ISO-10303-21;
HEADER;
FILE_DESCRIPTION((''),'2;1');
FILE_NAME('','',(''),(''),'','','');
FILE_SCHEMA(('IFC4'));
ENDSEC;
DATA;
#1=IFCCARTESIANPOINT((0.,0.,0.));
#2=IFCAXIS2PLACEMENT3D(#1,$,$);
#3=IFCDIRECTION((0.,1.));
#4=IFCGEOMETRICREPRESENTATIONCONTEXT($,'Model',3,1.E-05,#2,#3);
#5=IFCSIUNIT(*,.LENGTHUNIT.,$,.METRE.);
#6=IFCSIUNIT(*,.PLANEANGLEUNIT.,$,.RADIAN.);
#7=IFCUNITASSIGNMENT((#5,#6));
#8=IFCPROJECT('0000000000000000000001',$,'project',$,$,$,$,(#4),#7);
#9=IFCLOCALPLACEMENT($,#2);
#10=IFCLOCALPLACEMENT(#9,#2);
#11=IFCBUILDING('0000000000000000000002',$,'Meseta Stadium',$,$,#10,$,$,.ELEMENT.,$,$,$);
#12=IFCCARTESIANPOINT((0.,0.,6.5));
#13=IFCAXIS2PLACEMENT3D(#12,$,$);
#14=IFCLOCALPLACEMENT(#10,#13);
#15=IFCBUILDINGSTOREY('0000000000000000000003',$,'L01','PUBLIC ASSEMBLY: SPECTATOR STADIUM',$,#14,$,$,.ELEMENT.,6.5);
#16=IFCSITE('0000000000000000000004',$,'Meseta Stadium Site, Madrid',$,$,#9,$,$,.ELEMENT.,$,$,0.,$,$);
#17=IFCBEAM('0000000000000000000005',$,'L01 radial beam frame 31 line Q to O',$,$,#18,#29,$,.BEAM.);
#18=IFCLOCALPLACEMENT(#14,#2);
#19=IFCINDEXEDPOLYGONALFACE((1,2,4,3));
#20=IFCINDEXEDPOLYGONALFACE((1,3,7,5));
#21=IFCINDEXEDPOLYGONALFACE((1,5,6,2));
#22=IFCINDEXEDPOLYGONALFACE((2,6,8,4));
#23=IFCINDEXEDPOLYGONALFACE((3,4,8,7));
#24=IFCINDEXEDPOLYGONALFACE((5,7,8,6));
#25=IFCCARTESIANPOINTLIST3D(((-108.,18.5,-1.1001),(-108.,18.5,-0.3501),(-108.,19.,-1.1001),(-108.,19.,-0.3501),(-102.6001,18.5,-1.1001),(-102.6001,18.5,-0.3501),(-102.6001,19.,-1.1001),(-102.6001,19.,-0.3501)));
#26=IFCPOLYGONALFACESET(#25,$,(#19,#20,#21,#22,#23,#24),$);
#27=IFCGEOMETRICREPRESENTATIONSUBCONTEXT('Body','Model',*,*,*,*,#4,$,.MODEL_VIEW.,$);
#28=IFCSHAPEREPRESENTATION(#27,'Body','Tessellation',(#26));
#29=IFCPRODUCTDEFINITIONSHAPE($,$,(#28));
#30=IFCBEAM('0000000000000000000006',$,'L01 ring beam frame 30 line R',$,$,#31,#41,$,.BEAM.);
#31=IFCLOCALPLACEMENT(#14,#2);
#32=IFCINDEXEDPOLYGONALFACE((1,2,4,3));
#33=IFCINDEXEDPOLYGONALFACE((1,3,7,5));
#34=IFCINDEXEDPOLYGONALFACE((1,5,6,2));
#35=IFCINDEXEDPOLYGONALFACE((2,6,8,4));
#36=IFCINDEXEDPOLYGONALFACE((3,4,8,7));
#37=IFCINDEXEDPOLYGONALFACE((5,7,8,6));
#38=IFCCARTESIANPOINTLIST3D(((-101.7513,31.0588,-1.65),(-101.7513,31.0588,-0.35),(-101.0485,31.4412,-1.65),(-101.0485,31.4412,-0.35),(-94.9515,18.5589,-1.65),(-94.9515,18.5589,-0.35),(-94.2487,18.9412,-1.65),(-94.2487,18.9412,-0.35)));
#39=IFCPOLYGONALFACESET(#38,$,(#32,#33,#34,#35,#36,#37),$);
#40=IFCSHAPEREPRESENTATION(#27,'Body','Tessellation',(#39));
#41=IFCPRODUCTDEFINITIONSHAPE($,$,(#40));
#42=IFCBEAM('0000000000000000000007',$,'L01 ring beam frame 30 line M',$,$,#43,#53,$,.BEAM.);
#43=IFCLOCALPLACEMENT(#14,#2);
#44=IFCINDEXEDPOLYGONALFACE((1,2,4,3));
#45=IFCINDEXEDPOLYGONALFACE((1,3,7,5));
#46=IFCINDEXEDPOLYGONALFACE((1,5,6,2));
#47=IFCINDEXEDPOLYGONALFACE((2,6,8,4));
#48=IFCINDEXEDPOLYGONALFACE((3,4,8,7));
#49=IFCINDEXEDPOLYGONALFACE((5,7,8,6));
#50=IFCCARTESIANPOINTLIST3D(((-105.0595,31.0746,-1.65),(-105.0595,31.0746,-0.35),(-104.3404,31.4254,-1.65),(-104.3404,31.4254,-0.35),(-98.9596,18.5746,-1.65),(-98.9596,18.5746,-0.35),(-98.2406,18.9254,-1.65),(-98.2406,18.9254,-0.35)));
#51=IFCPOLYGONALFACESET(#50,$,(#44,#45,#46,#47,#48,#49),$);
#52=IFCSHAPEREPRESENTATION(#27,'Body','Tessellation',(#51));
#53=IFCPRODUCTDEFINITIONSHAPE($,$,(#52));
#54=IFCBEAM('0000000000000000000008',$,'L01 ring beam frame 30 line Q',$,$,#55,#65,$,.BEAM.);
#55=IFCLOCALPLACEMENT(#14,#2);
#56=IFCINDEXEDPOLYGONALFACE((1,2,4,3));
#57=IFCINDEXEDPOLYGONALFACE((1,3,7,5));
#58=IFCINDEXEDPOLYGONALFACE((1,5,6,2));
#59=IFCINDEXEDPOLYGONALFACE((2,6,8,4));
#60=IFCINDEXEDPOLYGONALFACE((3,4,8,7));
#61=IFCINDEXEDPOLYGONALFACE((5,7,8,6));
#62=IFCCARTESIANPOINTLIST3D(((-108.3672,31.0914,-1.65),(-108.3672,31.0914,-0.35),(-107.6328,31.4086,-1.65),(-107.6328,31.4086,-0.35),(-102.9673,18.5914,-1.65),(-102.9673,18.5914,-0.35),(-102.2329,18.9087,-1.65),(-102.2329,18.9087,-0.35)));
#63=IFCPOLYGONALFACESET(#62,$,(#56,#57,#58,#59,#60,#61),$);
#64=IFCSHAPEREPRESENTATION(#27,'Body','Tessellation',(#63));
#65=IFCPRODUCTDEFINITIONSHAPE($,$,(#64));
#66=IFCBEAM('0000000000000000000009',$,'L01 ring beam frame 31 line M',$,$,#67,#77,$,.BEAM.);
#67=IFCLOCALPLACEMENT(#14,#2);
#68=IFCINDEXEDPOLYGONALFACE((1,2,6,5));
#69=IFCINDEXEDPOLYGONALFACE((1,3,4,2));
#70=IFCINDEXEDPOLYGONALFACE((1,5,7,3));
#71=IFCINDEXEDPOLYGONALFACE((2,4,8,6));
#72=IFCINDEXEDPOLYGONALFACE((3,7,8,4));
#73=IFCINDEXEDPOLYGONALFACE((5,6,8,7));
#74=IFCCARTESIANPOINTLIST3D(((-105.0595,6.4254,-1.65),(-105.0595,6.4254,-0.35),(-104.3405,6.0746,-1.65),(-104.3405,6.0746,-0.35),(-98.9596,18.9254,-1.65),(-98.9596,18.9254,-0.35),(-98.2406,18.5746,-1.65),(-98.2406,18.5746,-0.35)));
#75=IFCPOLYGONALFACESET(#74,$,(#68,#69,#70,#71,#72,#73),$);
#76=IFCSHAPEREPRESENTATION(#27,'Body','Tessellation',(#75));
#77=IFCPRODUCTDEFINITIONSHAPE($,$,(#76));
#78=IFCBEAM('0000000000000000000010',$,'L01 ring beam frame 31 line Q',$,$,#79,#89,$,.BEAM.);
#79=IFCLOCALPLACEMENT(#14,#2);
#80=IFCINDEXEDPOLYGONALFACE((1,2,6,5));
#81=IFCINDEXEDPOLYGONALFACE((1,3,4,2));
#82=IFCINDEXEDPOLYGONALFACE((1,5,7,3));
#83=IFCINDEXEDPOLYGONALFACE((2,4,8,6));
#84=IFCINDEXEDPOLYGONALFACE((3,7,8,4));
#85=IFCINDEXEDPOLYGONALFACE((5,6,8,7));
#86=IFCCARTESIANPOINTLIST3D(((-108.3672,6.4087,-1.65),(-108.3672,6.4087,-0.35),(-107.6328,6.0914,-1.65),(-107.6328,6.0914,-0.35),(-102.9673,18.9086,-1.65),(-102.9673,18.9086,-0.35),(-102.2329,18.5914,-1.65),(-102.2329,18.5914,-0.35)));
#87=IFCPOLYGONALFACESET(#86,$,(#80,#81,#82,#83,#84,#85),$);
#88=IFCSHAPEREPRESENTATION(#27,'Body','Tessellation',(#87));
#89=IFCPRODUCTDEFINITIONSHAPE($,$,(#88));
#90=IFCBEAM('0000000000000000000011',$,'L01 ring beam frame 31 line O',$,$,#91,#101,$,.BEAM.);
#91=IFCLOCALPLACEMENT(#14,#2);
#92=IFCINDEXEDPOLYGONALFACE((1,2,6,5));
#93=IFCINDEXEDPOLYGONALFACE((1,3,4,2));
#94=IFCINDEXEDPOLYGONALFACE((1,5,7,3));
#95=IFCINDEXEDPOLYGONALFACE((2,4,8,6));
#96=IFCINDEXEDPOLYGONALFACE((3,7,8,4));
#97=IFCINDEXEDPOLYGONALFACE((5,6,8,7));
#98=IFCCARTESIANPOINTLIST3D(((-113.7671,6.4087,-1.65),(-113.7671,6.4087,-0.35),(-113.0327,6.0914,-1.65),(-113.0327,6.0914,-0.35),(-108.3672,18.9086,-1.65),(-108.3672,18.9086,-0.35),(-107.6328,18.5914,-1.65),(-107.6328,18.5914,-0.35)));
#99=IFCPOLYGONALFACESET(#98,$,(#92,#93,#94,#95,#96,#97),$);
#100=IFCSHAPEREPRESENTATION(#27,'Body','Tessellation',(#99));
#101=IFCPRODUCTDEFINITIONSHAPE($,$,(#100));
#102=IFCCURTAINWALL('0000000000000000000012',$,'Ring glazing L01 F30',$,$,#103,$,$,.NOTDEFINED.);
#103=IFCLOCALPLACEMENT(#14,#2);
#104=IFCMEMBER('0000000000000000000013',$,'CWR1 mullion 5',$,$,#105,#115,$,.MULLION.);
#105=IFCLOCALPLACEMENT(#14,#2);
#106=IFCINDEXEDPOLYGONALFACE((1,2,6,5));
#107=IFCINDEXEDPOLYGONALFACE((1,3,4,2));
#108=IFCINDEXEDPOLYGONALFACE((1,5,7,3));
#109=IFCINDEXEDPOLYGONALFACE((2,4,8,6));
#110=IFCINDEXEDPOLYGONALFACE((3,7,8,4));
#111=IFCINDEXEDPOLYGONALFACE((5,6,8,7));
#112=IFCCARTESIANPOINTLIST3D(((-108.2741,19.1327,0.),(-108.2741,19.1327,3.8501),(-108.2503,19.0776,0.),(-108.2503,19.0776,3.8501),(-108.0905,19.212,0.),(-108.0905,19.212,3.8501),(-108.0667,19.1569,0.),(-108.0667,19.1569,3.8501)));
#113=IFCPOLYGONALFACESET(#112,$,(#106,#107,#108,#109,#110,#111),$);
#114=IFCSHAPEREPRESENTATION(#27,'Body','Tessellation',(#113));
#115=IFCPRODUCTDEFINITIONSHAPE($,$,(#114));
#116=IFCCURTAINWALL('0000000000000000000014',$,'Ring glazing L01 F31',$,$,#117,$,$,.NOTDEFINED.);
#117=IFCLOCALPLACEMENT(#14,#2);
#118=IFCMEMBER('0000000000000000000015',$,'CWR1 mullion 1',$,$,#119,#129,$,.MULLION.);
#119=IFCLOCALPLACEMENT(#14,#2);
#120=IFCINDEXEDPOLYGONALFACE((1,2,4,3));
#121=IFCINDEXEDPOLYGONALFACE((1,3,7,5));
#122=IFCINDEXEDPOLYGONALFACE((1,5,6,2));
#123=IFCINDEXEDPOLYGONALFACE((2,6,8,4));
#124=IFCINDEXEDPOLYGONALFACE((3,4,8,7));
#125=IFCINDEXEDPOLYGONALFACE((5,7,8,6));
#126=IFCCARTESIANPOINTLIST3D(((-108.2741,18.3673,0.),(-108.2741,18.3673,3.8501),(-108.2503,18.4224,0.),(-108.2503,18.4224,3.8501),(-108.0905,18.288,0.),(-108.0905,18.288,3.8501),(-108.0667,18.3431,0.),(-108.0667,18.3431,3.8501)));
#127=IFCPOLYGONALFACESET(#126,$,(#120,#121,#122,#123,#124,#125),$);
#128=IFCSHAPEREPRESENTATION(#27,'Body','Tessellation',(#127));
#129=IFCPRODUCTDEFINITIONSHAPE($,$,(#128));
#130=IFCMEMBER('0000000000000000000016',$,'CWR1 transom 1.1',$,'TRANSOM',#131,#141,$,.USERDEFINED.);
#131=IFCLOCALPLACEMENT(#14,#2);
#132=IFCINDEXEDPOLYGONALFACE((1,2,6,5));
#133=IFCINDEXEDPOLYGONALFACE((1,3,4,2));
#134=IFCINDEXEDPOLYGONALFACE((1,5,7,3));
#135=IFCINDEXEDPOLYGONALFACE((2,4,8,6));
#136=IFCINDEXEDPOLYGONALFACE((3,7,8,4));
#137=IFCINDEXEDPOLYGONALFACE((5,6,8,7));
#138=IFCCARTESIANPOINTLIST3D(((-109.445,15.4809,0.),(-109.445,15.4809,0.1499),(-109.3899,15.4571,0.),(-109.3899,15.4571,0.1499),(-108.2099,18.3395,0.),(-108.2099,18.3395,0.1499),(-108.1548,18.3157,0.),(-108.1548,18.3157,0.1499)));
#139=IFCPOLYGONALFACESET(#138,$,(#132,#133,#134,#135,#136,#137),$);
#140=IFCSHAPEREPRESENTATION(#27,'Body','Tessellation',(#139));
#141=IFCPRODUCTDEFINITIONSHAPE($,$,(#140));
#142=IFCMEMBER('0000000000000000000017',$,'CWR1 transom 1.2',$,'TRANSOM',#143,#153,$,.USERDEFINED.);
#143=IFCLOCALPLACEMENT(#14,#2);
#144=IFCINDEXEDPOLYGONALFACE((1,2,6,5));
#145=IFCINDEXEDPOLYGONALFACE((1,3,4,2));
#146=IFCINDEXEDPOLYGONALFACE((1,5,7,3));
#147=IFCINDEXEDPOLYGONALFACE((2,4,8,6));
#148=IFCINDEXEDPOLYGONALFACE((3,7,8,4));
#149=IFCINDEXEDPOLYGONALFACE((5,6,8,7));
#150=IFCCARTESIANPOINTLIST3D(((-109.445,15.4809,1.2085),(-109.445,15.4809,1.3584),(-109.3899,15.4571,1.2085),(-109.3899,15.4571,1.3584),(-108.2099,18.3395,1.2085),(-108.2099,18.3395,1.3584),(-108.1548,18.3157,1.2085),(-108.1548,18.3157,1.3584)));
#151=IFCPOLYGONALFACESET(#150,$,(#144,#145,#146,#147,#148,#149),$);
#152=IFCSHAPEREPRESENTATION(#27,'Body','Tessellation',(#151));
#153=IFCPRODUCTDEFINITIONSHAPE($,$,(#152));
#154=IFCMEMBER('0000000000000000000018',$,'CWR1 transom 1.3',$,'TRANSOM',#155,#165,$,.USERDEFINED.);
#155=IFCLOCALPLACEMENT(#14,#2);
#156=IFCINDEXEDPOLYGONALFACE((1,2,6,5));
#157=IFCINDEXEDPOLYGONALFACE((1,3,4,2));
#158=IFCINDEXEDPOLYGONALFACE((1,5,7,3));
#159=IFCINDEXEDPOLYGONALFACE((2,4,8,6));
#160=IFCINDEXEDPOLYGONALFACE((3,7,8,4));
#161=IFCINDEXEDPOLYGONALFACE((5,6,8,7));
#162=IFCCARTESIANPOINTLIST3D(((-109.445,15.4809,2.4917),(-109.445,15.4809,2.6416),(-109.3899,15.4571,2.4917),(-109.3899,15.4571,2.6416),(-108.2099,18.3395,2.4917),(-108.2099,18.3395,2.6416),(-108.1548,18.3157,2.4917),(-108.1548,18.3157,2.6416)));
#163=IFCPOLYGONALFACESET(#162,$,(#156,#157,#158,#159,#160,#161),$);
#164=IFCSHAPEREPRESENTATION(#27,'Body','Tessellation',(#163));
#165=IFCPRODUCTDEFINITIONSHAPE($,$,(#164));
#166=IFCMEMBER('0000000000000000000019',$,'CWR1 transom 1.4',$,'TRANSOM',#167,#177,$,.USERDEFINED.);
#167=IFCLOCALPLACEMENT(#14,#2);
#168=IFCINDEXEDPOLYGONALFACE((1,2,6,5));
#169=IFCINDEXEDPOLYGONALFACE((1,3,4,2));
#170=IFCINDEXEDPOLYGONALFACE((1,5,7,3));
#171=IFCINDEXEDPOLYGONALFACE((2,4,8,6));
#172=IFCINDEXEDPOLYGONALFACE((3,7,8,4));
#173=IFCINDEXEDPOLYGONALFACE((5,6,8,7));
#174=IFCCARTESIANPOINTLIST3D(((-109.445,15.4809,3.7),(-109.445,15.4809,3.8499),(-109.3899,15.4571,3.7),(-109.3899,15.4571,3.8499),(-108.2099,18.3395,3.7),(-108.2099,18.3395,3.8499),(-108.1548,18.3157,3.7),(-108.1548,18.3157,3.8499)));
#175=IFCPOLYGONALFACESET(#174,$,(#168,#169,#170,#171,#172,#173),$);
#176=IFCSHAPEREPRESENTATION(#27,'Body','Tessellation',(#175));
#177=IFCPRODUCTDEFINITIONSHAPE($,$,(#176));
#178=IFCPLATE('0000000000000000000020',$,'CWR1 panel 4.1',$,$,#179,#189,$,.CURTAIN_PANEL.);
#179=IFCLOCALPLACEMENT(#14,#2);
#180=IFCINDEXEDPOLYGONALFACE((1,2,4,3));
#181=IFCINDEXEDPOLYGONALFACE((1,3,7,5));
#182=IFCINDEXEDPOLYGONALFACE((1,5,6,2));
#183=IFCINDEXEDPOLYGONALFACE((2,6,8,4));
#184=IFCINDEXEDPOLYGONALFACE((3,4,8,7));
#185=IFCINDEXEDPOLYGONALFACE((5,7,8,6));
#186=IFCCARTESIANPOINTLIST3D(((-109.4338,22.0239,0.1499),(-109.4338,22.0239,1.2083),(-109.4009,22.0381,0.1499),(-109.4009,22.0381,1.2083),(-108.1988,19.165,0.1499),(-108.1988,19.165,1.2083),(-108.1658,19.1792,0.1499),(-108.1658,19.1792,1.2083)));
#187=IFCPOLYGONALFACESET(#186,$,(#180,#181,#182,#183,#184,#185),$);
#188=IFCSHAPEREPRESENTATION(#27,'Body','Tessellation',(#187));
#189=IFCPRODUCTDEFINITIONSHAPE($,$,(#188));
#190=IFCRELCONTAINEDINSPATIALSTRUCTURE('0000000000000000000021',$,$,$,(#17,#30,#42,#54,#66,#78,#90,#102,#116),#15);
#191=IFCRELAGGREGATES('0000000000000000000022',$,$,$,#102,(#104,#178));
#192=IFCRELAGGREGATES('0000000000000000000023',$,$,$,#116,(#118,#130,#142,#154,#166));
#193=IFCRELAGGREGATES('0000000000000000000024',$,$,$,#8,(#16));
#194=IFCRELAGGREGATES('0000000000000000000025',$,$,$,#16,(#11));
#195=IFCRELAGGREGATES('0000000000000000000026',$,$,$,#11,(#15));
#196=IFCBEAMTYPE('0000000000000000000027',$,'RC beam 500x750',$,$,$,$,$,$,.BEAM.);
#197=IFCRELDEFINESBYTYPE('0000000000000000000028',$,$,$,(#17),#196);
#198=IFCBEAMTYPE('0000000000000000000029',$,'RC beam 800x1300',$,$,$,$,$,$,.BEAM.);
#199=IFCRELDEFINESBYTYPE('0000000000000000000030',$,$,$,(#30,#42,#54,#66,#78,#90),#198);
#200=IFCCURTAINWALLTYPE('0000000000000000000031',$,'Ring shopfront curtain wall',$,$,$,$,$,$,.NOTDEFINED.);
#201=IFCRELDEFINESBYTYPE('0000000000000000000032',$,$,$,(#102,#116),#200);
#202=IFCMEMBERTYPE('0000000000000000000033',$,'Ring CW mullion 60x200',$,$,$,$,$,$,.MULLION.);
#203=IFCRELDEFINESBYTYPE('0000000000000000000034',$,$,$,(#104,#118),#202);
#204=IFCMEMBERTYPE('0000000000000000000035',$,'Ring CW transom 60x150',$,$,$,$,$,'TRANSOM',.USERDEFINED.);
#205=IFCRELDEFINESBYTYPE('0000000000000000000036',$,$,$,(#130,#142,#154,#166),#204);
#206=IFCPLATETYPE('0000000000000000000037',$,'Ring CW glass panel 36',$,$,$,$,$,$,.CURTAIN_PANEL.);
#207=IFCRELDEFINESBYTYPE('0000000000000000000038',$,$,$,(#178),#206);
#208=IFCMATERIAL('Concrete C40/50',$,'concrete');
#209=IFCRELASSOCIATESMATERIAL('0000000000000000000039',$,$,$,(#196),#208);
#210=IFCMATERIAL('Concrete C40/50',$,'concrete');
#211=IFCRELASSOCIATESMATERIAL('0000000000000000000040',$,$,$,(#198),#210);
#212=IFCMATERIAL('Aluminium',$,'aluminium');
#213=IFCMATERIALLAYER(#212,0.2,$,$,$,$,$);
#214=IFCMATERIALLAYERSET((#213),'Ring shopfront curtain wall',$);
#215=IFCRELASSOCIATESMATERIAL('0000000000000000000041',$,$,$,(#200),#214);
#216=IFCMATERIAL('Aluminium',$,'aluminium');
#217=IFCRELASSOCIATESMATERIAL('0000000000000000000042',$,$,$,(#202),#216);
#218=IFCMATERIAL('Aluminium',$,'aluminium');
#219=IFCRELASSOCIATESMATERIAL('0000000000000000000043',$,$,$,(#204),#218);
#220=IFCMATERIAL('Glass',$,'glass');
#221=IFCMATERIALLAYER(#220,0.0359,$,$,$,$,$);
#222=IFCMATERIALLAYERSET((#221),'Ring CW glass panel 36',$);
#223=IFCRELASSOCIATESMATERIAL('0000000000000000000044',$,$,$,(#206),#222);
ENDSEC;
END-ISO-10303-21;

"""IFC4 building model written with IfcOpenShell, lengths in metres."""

from ifc_helpers import new_model, si_unit, direction, frame, origin, origin_2d, place, context, subcontext, project, spatial, rectangle, extrude, material, layer, layer_set, material_profile, profile_set, type_object, element, aggregate, save


model = new_model("IFC4")

# Units and contexts
model_context = context("Model", 3, precision=1e-05, world=origin(), true_north=direction((0.0, 1.0)))
body_context = subcontext(model_context, "Body", "Model", "MODEL_VIEW")
ifc_project = project(units=[si_unit("LENGTHUNIT", "METRE"), si_unit("PLANEANGLEUNIT", "RADIAN")], contexts=[model_context])

# Site, building, storey
site_placement = place(None, origin())
site = spatial("IfcSite", under=ifc_project, at=site_placement, Name="Meseta Stadium Site, Madrid", CompositionType="ELEMENT", RefElevation=0.0)
building_placement = place(site_placement, origin())
building = spatial("IfcBuilding", under=site, at=building_placement, Name="Meseta Stadium", CompositionType="ELEMENT")
storey_placement = place(building_placement, frame((0.0, 0.0, 6.5)))
storey = spatial("IfcBuildingStorey", under=building, at=storey_placement, Name="L01", Description="PUBLIC ASSEMBLY: SPECTATOR STADIUM", CompositionType="ELEMENT", Elevation=6.5)

# Beams
ifc_material_1 = material(Name="Concrete C40/50", Category="concrete")
ifc_material_profile_1 = material_profile(ifc_material_1, rectangle(XDim=0.5, YDim=0.75, at=origin_2d()), Name="RC 500x750")
ifc_profile_set_1 = profile_set([ifc_material_profile_1], Name="Concrete C40/50")
beam_type_1 = type_object("IfcBeamType", Name="RC beam 500x750", PredefinedType="BEAM", material=ifc_profile_set_1)
beam_1_placement = place(storey_placement, frame((-102.6001, 18.75, -0.7251), z_axis=(-1.0, 0.0, 0.0), x_axis=(0.0, -1.0, 0.0)))
element("IfcBeam", 1, at=beam_1_placement, inside=storey, type_object=beam_type_1, Name="L01 radial beam frame 31 line Q to O", PredefinedType="BEAM", context=body_context, shape_type="SweptSolid", body=[
    extrude(rectangle(XDim=0.5, YDim=0.75, at=origin_2d()), origin(), (0.0, 0.0, 1.0), 5.3999),
])
ifc_material_2 = material(Name="Concrete C40/50", Category="concrete")
ifc_material_profile_2 = material_profile(ifc_material_2, rectangle(XDim=0.8, YDim=1.3, at=origin_2d()), Name="RC 800x1300")
ifc_profile_set_2 = profile_set([ifc_material_profile_2], Name="Concrete C40/50")
beam_type_2 = type_object("IfcBeamType", Name="RC beam 800x1300", PredefinedType="BEAM", material=ifc_profile_set_2)
beam_2_placement = place(storey_placement, frame((-101.3999, 31.25, -1.0), z_axis=(0.477856, -0.878438, 0.0), x_axis=(0.878438, 0.477856, 0.0)))
element("IfcBeam", 2, at=beam_2_placement, inside=storey, type_object=beam_type_2, Name="L01 ring beam frame 30 line R", PredefinedType="BEAM", context=body_context, shape_type="SweptSolid", body=[
    extrude(rectangle(XDim=0.8, YDim=1.3, at=origin_2d()), origin(), (0.0, 0.0, 1.0), 14.2297),
])
beam_3_placement = place(storey_placement, frame((-104.7, 31.25, -1.0), z_axis=(0.438557, -0.898703, 0.0), x_axis=(0.898703, 0.438557, 0.0)))
element("IfcBeam", 3, at=beam_3_placement, inside=storey, type_object=beam_type_2, Name="L01 ring beam frame 30 line M", PredefinedType="BEAM", context=body_context, shape_type="SweptSolid", body=[
    extrude(rectangle(XDim=0.8, YDim=1.3, at=origin_2d()), origin(), (0.0, 0.0, 1.0), 13.9089),
])
beam_4_placement = place(storey_placement, frame((-108.0, 31.25, -1.0), z_axis=(0.396571, -0.918004, 0.0), x_axis=(0.918004, 0.396571, 0.0)))
element("IfcBeam", 4, at=beam_4_placement, inside=storey, type_object=beam_type_2, Name="L01 ring beam frame 30 line Q", PredefinedType="BEAM", context=body_context, shape_type="SweptSolid", body=[
    extrude(rectangle(XDim=0.8, YDim=1.3, at=origin_2d()), origin(), (0.0, 0.0, 1.0), 13.6165),
])
beam_5_placement = place(storey_placement, frame((-98.6001, 18.75, -1.0), z_axis=(-0.438557, -0.898703, 0.0), x_axis=(0.898703, -0.438557, 0.0)))
element("IfcBeam", 5, at=beam_5_placement, inside=storey, type_object=beam_type_2, Name="L01 ring beam frame 31 line M", PredefinedType="BEAM", context=body_context, shape_type="SweptSolid", body=[
    extrude(rectangle(XDim=0.8, YDim=1.3, at=origin_2d()), origin(), (0.0, 0.0, 1.0), 13.9089),
])
for number, where, z_axis, x_axis, name in (
    (6, (-102.6001, 18.75, -1.0), (-0.396571, -0.918004, 0.0), (0.918004, -0.396571, 0.0), "L01 ring beam frame 31 line Q"),
    (7, (-108.0, 18.75, -1.0), (-0.396571, -0.918004, 0.0), (0.918004, -0.396571, 0.0), "L01 ring beam frame 31 line O"),
):
    element("IfcBeam", number, at=place(storey_placement, frame(where, z_axis=z_axis, x_axis=x_axis)), inside=storey, type_object=beam_type_2, Name=name, PredefinedType="BEAM", context=body_context, shape_type="SweptSolid", body=[
        extrude(rectangle(XDim=0.8, YDim=1.3, at=origin_2d()), origin(), (0.0, 0.0, 1.0), 13.6165),
    ])

# Curtain wall, member
ifc_material_3 = material(Name="Aluminium", Category="aluminium")
ifc_layer_1 = layer(ifc_material_3, 0.2)
ifc_layer_set_1 = layer_set([ifc_layer_1], Name="Ring shopfront curtain wall")
curtain_wall_type = type_object("IfcCurtainWallType", Name="Ring shopfront curtain wall", PredefinedType="NOTDEFINED", material=ifc_layer_set_1)
curtain_wall_1_placement = place(storey_placement, origin())
curtain_wall_1 = element("IfcCurtainWall", 8, at=curtain_wall_1_placement, inside=storey, type_object=curtain_wall_type, Name="Ring glazing L01 F30", PredefinedType="NOTDEFINED")
ifc_material_4 = material(Name="Aluminium", Category="aluminium")
ifc_material_profile_3 = material_profile(ifc_material_4, rectangle(XDim=0.2, YDim=0.0601, at=origin_2d()), Name="CW 200x60")
ifc_profile_set_3 = profile_set([ifc_material_profile_3], Name="Aluminium")
member_type_1 = type_object("IfcMemberType", Name="Ring CW mullion 60x200", PredefinedType="MULLION", material=ifc_profile_set_3)
member_1_placement = place(storey_placement, frame((-108.1704, 19.1448, 0.0), z_axis=(0.0, 0.0, 1.0), x_axis=(0.918, 0.396581, 0.0)))
member_1 = element("IfcMember", 9, at=member_1_placement, type_object=member_type_1, Name="CWR1 mullion 5", PredefinedType="MULLION", context=body_context, shape_type="SweptSolid", body=[
    extrude(rectangle(XDim=0.2, YDim=0.0601, at=origin_2d()), origin(), (0.0, 0.0, 1.0), 3.8501),
])

# Curtain wall, members
curtain_wall_2_placement = place(storey_placement, origin())
curtain_wall_2 = element("IfcCurtainWall", 10, at=curtain_wall_2_placement, inside=storey, type_object=curtain_wall_type, Name="Ring glazing L01 F31", PredefinedType="NOTDEFINED")
member_2_placement = place(storey_placement, frame((-108.1704, 18.3552, 0.0), z_axis=(0.0, 0.0, 1.0), x_axis=(0.918, -0.396581, 0.0)))
member_2 = element("IfcMember", 11, at=member_2_placement, type_object=member_type_1, Name="CWR1 mullion 1", PredefinedType="MULLION", context=body_context, shape_type="SweptSolid", body=[
    extrude(rectangle(XDim=0.2, YDim=0.0601, at=origin_2d()), origin(), (0.0, 0.0, 1.0), 3.8501),
])
ifc_material_5 = material(Name="Aluminium", Category="aluminium")
ifc_material_profile_4 = material_profile(ifc_material_5, rectangle(XDim=0.0601, YDim=0.1499, at=origin_2d()), Name="CW 60x150")
ifc_profile_set_4 = profile_set([ifc_material_profile_4], Name="Aluminium")
member_type_2 = type_object("IfcMemberType", Name="Ring CW transom 60x150", ElementType="TRANSOM", PredefinedType="USERDEFINED", material=ifc_profile_set_4)
member_3_placement = place(storey_placement, frame((-108.1824, 18.3276, 0.075), z_axis=(-0.396624, -0.917981, 0.0), x_axis=(0.917981, -0.396624, 0.0)))
member_3 = element("IfcMember", 12, at=member_3_placement, type_object=member_type_2, Name="CWR1 transom 1.1", ObjectType="TRANSOM", PredefinedType="USERDEFINED", context=body_context, shape_type="SweptSolid", body=[
    extrude(rectangle(XDim=0.0601, YDim=0.1499, at=origin_2d()), origin(), (0.0, 0.0, 1.0), 3.114),
])
member_4_placement = place(storey_placement, frame((-108.1824, 18.3276, 1.2834), z_axis=(-0.396624, -0.917981, 0.0), x_axis=(0.917981, -0.396624, 0.0)))
member_4 = element("IfcMember", 13, at=member_4_placement, type_object=member_type_2, Name="CWR1 transom 1.2", ObjectType="TRANSOM", PredefinedType="USERDEFINED", context=body_context, shape_type="SweptSolid", body=[
    extrude(rectangle(XDim=0.0601, YDim=0.1499, at=origin_2d()), origin(), (0.0, 0.0, 1.0), 3.114),
])
member_5_placement = place(storey_placement, frame((-108.1824, 18.3276, 2.5667), z_axis=(-0.396624, -0.917981, 0.0), x_axis=(0.917981, -0.396624, 0.0)))
member_5 = element("IfcMember", 14, at=member_5_placement, type_object=member_type_2, Name="CWR1 transom 1.3", ObjectType="TRANSOM", PredefinedType="USERDEFINED", context=body_context, shape_type="SweptSolid", body=[
    extrude(rectangle(XDim=0.0601, YDim=0.1499, at=origin_2d()), origin(), (0.0, 0.0, 1.0), 3.114),
])
member_6_placement = place(storey_placement, frame((-108.1824, 18.3276, 3.7749), z_axis=(-0.396624, -0.917981, 0.0), x_axis=(0.917981, -0.396624, 0.0)))
member_6 = element("IfcMember", 15, at=member_6_placement, type_object=member_type_2, Name="CWR1 transom 1.4", ObjectType="TRANSOM", PredefinedType="USERDEFINED", context=body_context, shape_type="SweptSolid", body=[
    extrude(rectangle(XDim=0.0601, YDim=0.1499, at=origin_2d()), origin(), (0.0, 0.0, 1.0), 3.114),
])

# Plate
ifc_material_6 = material(Name="Glass", Category="glass")
ifc_layer_2 = layer(ifc_material_6, 0.0359)
ifc_layer_set_2 = layer_set([ifc_layer_2], Name="Ring CW glass panel 36")
plate_type_1 = type_object("IfcPlateType", Name="Ring CW glass panel 36", PredefinedType="CURTAIN_PANEL", material=ifc_layer_set_2)
plate_1_placement = place(storey_placement, frame((-108.7998, 20.6016, 0.1499), z_axis=(0.0, 0.0, 1.0), x_axis=(0.396581, -0.918, 0.0)))
plate_1 = element("IfcPlate", 16, at=plate_1_placement, type_object=plate_type_1, Name="CWR1 panel 4.1", PredefinedType="CURTAIN_PANEL", context=body_context, shape_type="SweptSolid", body=[
    extrude(rectangle(XDim=3.1143, YDim=0.0359, at=origin_2d()), origin(), (0.0, 0.0, 1.0), 1.0583),
])
aggregate(curtain_wall_1, [member_1, plate_1])
aggregate(curtain_wall_2, [member_2, member_3, member_4, member_5, member_6])

save(model, "model.ifc")
